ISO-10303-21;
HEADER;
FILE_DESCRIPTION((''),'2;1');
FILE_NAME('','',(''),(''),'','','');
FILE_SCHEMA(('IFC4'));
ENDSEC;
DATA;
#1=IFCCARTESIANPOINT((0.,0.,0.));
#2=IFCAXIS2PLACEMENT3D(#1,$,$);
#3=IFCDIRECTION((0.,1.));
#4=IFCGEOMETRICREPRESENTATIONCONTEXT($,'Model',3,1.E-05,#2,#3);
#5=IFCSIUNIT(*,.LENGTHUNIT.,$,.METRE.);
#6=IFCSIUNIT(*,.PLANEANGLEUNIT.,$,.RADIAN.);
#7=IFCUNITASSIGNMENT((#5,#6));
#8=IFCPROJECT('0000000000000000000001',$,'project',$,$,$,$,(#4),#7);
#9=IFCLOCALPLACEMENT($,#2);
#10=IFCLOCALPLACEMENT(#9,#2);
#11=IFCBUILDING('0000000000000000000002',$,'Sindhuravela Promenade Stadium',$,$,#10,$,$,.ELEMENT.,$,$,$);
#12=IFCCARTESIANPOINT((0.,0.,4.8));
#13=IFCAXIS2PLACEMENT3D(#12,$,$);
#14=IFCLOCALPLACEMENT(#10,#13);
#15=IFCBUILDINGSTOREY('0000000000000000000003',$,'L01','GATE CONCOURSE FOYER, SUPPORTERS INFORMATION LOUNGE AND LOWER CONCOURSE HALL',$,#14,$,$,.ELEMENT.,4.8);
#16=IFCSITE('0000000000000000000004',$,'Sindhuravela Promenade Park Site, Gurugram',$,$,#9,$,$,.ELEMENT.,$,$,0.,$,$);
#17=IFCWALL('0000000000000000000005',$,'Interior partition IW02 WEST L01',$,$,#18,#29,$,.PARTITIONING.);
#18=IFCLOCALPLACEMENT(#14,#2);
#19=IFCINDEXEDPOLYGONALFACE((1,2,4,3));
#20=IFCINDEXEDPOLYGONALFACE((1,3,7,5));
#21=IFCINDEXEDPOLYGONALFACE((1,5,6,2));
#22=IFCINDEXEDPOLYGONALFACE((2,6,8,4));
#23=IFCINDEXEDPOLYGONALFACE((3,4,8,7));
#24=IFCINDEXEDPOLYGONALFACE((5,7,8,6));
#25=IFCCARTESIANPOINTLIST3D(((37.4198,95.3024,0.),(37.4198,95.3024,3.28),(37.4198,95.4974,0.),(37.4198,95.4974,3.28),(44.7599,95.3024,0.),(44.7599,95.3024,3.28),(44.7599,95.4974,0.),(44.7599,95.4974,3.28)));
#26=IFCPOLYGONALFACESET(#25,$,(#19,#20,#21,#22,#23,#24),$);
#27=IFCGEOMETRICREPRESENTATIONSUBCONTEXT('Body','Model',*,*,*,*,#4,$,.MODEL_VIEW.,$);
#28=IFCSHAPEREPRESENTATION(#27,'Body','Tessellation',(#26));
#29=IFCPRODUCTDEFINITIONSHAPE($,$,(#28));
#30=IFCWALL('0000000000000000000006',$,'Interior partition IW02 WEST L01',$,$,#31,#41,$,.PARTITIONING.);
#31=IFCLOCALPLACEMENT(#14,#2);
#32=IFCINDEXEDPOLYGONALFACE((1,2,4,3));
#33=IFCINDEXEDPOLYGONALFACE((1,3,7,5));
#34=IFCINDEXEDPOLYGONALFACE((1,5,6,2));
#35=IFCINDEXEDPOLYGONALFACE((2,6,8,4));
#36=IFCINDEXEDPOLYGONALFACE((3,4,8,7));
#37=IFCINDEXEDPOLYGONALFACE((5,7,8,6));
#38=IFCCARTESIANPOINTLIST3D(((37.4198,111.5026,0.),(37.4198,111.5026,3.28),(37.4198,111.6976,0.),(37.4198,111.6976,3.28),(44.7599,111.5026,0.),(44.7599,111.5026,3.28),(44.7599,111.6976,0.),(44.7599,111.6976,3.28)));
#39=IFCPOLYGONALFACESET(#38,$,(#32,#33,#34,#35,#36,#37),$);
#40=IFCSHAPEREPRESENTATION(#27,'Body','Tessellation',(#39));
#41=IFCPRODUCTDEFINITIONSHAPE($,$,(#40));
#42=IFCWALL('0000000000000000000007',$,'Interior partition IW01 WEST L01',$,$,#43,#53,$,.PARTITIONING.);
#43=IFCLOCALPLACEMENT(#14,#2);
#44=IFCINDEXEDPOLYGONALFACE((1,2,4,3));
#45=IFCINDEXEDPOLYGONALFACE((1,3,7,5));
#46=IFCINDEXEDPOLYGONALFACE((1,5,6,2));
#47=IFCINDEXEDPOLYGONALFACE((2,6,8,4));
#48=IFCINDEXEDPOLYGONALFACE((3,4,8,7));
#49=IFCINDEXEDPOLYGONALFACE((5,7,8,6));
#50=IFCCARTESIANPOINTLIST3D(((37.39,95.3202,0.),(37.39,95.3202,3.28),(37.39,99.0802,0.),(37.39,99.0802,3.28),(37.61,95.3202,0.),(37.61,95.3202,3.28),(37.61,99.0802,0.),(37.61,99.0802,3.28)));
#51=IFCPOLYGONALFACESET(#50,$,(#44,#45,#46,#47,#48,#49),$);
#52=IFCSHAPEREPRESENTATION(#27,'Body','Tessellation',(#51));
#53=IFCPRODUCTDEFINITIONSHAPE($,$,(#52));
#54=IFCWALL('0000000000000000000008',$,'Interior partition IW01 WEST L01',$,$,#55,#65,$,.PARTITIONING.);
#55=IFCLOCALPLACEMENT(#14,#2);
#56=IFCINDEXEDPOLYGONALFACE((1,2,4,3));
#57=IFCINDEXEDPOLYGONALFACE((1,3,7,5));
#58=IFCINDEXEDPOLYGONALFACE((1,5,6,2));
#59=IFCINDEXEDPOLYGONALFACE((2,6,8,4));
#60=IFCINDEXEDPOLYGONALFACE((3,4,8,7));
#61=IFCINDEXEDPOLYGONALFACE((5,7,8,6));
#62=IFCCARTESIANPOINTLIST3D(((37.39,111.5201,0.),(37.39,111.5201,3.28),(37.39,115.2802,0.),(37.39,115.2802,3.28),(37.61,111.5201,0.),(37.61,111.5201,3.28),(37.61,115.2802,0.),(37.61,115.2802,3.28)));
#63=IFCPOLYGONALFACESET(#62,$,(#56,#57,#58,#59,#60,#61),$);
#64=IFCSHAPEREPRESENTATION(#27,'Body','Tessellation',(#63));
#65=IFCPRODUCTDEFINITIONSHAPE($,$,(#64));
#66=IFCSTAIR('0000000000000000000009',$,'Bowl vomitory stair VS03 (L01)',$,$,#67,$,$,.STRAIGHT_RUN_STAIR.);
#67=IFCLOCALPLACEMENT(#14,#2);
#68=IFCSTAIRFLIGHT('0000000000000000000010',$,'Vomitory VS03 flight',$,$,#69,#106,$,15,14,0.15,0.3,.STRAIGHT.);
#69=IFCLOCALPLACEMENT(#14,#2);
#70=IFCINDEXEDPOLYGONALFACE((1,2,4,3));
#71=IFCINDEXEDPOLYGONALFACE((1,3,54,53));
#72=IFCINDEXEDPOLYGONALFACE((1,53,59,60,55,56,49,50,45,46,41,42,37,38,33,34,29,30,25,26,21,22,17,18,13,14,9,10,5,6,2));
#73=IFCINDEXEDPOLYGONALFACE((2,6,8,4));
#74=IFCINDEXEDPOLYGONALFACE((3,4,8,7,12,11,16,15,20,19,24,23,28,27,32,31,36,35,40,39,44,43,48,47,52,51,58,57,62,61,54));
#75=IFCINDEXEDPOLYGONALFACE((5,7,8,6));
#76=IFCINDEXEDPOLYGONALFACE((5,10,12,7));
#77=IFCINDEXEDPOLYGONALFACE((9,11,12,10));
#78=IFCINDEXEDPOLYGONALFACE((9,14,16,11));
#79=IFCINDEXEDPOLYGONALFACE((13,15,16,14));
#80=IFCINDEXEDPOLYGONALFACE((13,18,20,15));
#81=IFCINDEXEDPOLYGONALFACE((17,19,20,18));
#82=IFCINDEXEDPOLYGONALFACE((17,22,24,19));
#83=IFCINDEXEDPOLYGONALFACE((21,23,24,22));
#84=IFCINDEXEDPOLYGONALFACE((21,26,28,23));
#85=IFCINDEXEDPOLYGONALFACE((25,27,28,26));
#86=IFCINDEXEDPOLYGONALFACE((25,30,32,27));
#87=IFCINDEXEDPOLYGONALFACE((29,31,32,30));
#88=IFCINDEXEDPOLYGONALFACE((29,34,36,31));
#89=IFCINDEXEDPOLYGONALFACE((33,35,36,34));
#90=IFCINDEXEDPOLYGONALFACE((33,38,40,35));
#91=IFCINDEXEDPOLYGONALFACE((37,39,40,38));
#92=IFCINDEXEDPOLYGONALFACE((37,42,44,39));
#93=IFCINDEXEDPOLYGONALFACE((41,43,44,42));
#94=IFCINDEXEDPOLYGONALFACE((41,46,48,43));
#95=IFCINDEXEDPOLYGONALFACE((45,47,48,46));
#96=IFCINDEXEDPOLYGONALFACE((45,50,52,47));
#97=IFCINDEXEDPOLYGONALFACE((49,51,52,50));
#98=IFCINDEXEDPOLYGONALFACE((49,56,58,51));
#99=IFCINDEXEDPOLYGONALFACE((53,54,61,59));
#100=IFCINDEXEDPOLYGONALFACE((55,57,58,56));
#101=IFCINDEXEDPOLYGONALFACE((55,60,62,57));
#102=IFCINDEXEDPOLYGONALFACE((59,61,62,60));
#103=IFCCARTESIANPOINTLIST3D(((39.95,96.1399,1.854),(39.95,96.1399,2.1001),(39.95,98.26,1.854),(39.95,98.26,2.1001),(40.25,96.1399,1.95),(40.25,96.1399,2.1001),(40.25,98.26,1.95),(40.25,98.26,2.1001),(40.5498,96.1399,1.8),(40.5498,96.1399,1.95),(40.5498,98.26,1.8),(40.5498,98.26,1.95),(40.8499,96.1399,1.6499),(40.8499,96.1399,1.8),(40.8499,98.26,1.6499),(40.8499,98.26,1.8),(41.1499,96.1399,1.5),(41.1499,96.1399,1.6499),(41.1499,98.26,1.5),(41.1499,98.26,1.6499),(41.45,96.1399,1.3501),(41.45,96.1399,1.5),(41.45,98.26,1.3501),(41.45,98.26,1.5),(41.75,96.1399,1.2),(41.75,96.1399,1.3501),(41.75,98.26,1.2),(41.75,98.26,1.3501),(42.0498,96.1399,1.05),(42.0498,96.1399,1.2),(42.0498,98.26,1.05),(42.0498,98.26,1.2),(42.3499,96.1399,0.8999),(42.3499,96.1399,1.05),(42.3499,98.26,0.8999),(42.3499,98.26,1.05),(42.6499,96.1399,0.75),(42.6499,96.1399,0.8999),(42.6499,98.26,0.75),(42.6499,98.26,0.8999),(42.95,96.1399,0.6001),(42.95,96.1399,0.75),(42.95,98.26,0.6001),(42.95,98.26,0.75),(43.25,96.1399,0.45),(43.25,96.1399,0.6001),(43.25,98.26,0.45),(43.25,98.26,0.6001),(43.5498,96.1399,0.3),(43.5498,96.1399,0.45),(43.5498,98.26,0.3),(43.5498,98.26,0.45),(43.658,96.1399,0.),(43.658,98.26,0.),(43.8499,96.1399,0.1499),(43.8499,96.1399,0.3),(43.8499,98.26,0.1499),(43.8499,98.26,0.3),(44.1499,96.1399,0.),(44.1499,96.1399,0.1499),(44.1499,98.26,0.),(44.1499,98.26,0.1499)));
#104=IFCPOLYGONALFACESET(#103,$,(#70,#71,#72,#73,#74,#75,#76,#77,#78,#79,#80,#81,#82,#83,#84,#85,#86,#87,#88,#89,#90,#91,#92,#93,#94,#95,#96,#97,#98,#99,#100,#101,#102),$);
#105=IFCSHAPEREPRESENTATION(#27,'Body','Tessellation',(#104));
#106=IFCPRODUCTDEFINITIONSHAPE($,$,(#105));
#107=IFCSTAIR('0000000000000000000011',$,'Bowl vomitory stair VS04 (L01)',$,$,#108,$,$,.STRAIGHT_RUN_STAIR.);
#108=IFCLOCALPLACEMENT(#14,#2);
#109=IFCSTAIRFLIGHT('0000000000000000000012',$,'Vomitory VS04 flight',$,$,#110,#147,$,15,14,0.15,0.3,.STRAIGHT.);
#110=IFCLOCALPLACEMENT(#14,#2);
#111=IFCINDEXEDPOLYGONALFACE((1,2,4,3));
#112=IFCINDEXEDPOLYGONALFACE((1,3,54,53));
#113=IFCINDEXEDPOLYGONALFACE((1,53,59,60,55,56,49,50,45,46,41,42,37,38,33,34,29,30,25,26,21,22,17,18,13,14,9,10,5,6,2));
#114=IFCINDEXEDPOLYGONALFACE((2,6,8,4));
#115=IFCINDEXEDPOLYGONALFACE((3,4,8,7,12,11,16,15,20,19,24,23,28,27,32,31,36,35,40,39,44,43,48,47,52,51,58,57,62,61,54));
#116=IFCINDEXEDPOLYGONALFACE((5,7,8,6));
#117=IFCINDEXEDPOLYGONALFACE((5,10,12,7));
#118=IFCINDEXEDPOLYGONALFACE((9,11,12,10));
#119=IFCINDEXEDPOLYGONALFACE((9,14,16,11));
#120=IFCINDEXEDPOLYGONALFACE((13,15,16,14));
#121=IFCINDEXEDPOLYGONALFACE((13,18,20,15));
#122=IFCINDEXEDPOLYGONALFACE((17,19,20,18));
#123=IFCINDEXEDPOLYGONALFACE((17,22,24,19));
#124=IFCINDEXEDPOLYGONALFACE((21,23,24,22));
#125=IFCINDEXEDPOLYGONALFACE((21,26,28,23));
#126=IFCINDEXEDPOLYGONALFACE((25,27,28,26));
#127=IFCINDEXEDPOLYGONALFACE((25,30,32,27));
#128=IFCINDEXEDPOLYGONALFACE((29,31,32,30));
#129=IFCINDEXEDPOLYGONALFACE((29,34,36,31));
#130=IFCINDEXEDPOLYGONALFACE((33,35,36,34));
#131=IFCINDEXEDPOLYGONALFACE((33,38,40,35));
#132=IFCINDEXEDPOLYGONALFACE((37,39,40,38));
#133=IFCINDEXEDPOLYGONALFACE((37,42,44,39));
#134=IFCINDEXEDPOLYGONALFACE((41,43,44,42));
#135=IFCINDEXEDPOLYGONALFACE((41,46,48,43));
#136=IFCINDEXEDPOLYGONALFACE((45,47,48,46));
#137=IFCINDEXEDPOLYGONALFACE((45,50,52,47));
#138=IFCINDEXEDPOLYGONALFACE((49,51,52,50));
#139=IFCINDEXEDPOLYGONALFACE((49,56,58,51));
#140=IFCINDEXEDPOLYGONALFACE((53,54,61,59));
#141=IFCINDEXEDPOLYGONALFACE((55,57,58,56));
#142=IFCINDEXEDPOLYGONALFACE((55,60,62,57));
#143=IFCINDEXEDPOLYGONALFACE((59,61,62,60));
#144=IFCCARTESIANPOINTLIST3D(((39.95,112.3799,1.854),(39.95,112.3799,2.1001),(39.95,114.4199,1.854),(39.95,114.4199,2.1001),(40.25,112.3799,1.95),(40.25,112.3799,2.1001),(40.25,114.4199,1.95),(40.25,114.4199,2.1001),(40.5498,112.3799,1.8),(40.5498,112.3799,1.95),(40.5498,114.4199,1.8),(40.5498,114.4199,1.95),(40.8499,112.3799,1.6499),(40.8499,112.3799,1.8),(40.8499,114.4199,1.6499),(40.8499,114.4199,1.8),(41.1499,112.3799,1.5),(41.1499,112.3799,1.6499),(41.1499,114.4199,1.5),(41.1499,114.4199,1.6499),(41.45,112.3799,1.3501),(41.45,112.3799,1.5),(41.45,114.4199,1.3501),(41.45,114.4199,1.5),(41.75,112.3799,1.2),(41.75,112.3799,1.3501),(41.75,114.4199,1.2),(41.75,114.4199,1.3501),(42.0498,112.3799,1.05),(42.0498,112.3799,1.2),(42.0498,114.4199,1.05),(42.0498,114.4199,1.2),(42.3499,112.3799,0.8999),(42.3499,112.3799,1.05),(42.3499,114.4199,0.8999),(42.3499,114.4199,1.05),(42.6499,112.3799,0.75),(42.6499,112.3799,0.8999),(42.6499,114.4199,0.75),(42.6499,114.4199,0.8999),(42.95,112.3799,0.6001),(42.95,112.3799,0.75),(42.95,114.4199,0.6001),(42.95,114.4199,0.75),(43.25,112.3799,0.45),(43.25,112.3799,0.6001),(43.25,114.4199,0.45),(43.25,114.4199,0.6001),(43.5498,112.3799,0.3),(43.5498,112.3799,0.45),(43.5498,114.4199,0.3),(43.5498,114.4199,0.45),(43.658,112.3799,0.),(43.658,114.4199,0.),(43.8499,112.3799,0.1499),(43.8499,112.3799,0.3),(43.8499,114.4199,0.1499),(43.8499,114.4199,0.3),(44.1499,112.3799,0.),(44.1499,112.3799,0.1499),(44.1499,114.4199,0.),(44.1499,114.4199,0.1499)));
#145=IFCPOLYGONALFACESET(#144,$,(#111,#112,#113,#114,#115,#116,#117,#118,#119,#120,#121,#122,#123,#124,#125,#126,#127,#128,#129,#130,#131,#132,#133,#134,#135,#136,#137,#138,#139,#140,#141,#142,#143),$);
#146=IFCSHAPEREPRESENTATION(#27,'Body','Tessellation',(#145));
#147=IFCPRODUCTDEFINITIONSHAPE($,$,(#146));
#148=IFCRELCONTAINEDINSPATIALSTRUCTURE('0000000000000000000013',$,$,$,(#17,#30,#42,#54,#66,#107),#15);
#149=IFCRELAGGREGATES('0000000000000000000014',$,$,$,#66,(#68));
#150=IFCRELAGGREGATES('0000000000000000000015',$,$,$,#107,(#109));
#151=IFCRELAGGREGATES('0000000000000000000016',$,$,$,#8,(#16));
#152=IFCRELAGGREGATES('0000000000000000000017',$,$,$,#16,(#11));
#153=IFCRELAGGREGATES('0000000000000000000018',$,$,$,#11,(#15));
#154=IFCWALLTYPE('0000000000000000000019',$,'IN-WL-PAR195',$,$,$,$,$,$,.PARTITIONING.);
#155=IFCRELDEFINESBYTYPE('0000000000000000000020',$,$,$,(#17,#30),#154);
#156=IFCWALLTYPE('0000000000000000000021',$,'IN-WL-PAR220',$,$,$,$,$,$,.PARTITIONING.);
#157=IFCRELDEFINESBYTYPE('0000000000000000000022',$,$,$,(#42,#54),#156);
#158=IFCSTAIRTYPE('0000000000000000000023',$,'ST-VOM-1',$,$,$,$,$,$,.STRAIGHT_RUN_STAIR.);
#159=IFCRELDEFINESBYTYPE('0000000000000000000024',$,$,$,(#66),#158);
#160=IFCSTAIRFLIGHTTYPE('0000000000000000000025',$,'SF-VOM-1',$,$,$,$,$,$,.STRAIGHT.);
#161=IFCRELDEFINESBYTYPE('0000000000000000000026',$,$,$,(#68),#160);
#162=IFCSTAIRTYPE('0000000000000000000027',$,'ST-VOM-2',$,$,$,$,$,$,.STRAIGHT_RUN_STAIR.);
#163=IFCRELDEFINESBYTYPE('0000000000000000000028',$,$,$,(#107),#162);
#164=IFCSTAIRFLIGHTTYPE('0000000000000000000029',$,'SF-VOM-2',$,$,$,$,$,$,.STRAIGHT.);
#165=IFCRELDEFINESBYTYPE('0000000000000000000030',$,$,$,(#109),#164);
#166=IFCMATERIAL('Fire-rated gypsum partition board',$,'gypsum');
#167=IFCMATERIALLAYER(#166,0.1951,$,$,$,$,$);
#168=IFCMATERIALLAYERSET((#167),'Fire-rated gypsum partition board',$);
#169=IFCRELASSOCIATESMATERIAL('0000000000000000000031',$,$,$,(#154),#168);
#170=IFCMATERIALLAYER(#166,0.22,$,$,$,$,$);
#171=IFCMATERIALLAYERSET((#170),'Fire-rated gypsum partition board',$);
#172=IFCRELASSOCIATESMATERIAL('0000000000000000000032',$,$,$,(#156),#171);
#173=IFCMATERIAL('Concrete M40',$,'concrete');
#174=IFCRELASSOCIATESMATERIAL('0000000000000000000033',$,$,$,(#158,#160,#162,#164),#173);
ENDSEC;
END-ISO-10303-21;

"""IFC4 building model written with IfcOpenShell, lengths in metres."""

from ifc_helpers import new_model, si_unit, direction, frame, frame_2d, origin, place, context, subcontext, project, spatial, polyline, rectangle, outline, extrude, material, layer, layer_set, type_object, element, aggregate, save


model = new_model("IFC4")

# Units and contexts
model_context = context("Model", 3, precision=1e-05, world=origin(), true_north=direction((0.0, 1.0)))
body_context = subcontext(model_context, "Body", "Model", "MODEL_VIEW")
ifc_project = project(units=[si_unit("LENGTHUNIT", "METRE"), si_unit("PLANEANGLEUNIT", "RADIAN")], contexts=[model_context])

# Site, building, storey
site_placement = place(None, origin())
site = spatial("IfcSite", under=ifc_project, at=site_placement, Name="Sindhuravela Promenade Park Site, Gurugram", CompositionType="ELEMENT", RefElevation=0.0)
building_placement = place(site_placement, origin())
building = spatial("IfcBuilding", under=site, at=building_placement, Name="Sindhuravela Promenade Stadium", CompositionType="ELEMENT")
storey_placement = place(building_placement, frame((0.0, 0.0, 4.8)))
storey = spatial("IfcBuildingStorey", under=building, at=storey_placement, Name="L01", Description="GATE CONCOURSE FOYER, SUPPORTERS INFORMATION LOUNGE AND LOWER CONCOURSE HALL", CompositionType="ELEMENT", Elevation=4.8)

# Shared definitions
ifc_material_1 = material(Name="Concrete M40", Category="concrete")

# Walls
ifc_material_2 = material(Name="Fire-rated gypsum partition board", Category="gypsum")
ifc_layer_1 = layer(ifc_material_2, 0.1951)
ifc_layer_set_1 = layer_set([ifc_layer_1], Name="Fire-rated gypsum partition board")
wall_type_1 = type_object("IfcWallType", Name="IN-WL-PAR195", PredefinedType="PARTITIONING", material=ifc_layer_set_1)
for number, where, z_axis, x_axis, name in (
    (1, (37.4199, 95.3999, 0.0), (0.0, 0.0, 1.0), (1.0, 0.0, 0.0), "Interior partition IW02 WEST L01"),
    (2, (37.4199, 111.6001, 0.0), (0.0, 0.0, 1.0), (1.0, 0.0, 0.0), "Interior partition IW02 WEST L01"),
):
    element("IfcWall", number, at=place(storey_placement, frame(where, z_axis=z_axis, x_axis=x_axis)), inside=storey, type_object=wall_type_1, Name=name, PredefinedType="PARTITIONING", context=body_context, shape_type="SweptSolid", body=[
        extrude(rectangle(XDim=7.3401, YDim=0.1951, at=frame_2d((3.6699, 0.0))), origin(), (0.0, 0.0, 1.0), 3.28),
    ])
ifc_layer_2 = layer(ifc_material_2, 0.22)
ifc_layer_set_2 = layer_set([ifc_layer_2], Name="Fire-rated gypsum partition board")
wall_type_2 = type_object("IfcWallType", Name="IN-WL-PAR220", PredefinedType="PARTITIONING", material=ifc_layer_set_2)
for number, where, z_axis, x_axis, name in (
    (3, (37.5, 99.0801, 0.0), (0.0, 0.0, 1.0), (0.0, -1.0, 0.0), "Interior partition IW01 WEST L01"),
    (4, (37.5, 115.28, 0.0), (0.0, 0.0, 1.0), (0.0, -1.0, 0.0), "Interior partition IW01 WEST L01"),
):
    element("IfcWall", number, at=place(storey_placement, frame(where, z_axis=z_axis, x_axis=x_axis)), inside=storey, type_object=wall_type_2, Name=name, PredefinedType="PARTITIONING", context=body_context, shape_type="SweptSolid", body=[
        extrude(rectangle(XDim=3.76, YDim=0.22, at=frame_2d((1.8799, 0.0))), origin(), (0.0, 0.0, 1.0), 3.28),
    ])

# Stairs, stair flights
stair_type_1 = type_object("IfcStairType", Name="ST-VOM-1", PredefinedType="STRAIGHT_RUN_STAIR", material=ifc_material_1)
stair_1_placement = place(storey_placement, origin())
stair_1 = element("IfcStair", 5, at=stair_1_placement, inside=storey, type_object=stair_type_1, Name="Bowl vomitory stair VS03 (L01)", PredefinedType="STRAIGHT_RUN_STAIR")
stair_flight_type_1 = type_object("IfcStairFlightType", Name="SF-VOM-1", PredefinedType="STRAIGHT", material=ifc_material_1)
stair_flight_1_placement = place(storey_placement, frame((44.1499, 97.2, 0.0), z_axis=(0.0, 0.0, 1.0), x_axis=(-1.0, 0.0, 0.0)))
stair_flight_1 = element("IfcStairFlight", 6, at=stair_flight_1_placement, type_object=stair_flight_type_1, Name="Vomitory VS03 flight", NumberOfRisers=15, NumberOfTreads=14, PredefinedType="STRAIGHT", RiserHeight=0.15, TreadLength=0.3, context=body_context, shape_type="SweptSolid", body=[
    extrude(outline(polyline([(0.0, 0.0), (0.0, 0.1499), (0.3, 0.1499), (0.3, 0.3), (0.6001, 0.3), (0.6001, 0.45), (0.8999, 0.45), (0.8999, 0.6001), (1.2, 0.6001), (1.2, 0.75), (1.5, 0.75), (1.5, 0.8999), (1.8, 0.8999), (1.8, 1.05), (2.1001, 1.05), (2.1001, 1.2), (2.3999, 1.2), (2.3999, 1.3501), (2.7, 1.3501), (2.7, 1.5), (3.0, 1.5), (3.0, 1.6499), (3.3, 1.6499), (3.3, 1.8), (3.6001, 1.8), (3.6001, 1.95), (3.8999, 1.95), (3.8999, 2.1001), (4.2, 2.1001), (4.2, 2.25), (4.2, 1.854), (0.4919, 0.0), (0.0, 0.0)])), frame((0.0, 1.0601, 0.0), z_axis=(0.0, -1.0, 0.0), x_axis=(1.0, 0.0, 0.0)), (0.0, 0.0, 1.0), 2.1201),
])
aggregate(stair_1, [stair_flight_1])
stair_type_2 = type_object("IfcStairType", Name="ST-VOM-2", PredefinedType="STRAIGHT_RUN_STAIR", material=ifc_material_1)
stair_2_placement = place(storey_placement, origin())
stair_2 = element("IfcStair", 7, at=stair_2_placement, inside=storey, type_object=stair_type_2, Name="Bowl vomitory stair VS04 (L01)", PredefinedType="STRAIGHT_RUN_STAIR")
stair_flight_type_2 = type_object("IfcStairFlightType", Name="SF-VOM-2", PredefinedType="STRAIGHT", material=ifc_material_1)
stair_flight_2_placement = place(storey_placement, frame((44.1499, 113.3999, 0.0), z_axis=(0.0, 0.0, 1.0), x_axis=(-1.0, 0.0, 0.0)))
stair_flight_2 = element("IfcStairFlight", 8, at=stair_flight_2_placement, type_object=stair_flight_type_2, Name="Vomitory VS04 flight", NumberOfRisers=15, NumberOfTreads=14, PredefinedType="STRAIGHT", RiserHeight=0.15, TreadLength=0.3, context=body_context, shape_type="SweptSolid", body=[
    extrude(outline(polyline([(0.0, 0.0), (0.0, 0.1499), (0.3, 0.1499), (0.3, 0.3), (0.6001, 0.3), (0.6001, 0.45), (0.8999, 0.45), (0.8999, 0.6001), (1.2, 0.6001), (1.2, 0.75), (1.5, 0.75), (1.5, 0.8999), (1.8, 0.8999), (1.8, 1.05), (2.1001, 1.05), (2.1001, 1.2), (2.3999, 1.2), (2.3999, 1.3501), (2.7, 1.3501), (2.7, 1.5), (3.0, 1.5), (3.0, 1.6499), (3.3, 1.6499), (3.3, 1.8), (3.6001, 1.8), (3.6001, 1.95), (3.8999, 1.95), (3.8999, 2.1001), (4.2, 2.1001), (4.2, 2.25), (4.2, 1.854), (0.4919, 0.0), (0.0, 0.0)])), frame((0.0, 1.02, 0.0), z_axis=(0.0, -1.0, 0.0), x_axis=(1.0, 0.0, 0.0)), (0.0, 0.0, 1.0), 2.04),
])
aggregate(stair_2, [stair_flight_2])

save(model, "model.ifc")
